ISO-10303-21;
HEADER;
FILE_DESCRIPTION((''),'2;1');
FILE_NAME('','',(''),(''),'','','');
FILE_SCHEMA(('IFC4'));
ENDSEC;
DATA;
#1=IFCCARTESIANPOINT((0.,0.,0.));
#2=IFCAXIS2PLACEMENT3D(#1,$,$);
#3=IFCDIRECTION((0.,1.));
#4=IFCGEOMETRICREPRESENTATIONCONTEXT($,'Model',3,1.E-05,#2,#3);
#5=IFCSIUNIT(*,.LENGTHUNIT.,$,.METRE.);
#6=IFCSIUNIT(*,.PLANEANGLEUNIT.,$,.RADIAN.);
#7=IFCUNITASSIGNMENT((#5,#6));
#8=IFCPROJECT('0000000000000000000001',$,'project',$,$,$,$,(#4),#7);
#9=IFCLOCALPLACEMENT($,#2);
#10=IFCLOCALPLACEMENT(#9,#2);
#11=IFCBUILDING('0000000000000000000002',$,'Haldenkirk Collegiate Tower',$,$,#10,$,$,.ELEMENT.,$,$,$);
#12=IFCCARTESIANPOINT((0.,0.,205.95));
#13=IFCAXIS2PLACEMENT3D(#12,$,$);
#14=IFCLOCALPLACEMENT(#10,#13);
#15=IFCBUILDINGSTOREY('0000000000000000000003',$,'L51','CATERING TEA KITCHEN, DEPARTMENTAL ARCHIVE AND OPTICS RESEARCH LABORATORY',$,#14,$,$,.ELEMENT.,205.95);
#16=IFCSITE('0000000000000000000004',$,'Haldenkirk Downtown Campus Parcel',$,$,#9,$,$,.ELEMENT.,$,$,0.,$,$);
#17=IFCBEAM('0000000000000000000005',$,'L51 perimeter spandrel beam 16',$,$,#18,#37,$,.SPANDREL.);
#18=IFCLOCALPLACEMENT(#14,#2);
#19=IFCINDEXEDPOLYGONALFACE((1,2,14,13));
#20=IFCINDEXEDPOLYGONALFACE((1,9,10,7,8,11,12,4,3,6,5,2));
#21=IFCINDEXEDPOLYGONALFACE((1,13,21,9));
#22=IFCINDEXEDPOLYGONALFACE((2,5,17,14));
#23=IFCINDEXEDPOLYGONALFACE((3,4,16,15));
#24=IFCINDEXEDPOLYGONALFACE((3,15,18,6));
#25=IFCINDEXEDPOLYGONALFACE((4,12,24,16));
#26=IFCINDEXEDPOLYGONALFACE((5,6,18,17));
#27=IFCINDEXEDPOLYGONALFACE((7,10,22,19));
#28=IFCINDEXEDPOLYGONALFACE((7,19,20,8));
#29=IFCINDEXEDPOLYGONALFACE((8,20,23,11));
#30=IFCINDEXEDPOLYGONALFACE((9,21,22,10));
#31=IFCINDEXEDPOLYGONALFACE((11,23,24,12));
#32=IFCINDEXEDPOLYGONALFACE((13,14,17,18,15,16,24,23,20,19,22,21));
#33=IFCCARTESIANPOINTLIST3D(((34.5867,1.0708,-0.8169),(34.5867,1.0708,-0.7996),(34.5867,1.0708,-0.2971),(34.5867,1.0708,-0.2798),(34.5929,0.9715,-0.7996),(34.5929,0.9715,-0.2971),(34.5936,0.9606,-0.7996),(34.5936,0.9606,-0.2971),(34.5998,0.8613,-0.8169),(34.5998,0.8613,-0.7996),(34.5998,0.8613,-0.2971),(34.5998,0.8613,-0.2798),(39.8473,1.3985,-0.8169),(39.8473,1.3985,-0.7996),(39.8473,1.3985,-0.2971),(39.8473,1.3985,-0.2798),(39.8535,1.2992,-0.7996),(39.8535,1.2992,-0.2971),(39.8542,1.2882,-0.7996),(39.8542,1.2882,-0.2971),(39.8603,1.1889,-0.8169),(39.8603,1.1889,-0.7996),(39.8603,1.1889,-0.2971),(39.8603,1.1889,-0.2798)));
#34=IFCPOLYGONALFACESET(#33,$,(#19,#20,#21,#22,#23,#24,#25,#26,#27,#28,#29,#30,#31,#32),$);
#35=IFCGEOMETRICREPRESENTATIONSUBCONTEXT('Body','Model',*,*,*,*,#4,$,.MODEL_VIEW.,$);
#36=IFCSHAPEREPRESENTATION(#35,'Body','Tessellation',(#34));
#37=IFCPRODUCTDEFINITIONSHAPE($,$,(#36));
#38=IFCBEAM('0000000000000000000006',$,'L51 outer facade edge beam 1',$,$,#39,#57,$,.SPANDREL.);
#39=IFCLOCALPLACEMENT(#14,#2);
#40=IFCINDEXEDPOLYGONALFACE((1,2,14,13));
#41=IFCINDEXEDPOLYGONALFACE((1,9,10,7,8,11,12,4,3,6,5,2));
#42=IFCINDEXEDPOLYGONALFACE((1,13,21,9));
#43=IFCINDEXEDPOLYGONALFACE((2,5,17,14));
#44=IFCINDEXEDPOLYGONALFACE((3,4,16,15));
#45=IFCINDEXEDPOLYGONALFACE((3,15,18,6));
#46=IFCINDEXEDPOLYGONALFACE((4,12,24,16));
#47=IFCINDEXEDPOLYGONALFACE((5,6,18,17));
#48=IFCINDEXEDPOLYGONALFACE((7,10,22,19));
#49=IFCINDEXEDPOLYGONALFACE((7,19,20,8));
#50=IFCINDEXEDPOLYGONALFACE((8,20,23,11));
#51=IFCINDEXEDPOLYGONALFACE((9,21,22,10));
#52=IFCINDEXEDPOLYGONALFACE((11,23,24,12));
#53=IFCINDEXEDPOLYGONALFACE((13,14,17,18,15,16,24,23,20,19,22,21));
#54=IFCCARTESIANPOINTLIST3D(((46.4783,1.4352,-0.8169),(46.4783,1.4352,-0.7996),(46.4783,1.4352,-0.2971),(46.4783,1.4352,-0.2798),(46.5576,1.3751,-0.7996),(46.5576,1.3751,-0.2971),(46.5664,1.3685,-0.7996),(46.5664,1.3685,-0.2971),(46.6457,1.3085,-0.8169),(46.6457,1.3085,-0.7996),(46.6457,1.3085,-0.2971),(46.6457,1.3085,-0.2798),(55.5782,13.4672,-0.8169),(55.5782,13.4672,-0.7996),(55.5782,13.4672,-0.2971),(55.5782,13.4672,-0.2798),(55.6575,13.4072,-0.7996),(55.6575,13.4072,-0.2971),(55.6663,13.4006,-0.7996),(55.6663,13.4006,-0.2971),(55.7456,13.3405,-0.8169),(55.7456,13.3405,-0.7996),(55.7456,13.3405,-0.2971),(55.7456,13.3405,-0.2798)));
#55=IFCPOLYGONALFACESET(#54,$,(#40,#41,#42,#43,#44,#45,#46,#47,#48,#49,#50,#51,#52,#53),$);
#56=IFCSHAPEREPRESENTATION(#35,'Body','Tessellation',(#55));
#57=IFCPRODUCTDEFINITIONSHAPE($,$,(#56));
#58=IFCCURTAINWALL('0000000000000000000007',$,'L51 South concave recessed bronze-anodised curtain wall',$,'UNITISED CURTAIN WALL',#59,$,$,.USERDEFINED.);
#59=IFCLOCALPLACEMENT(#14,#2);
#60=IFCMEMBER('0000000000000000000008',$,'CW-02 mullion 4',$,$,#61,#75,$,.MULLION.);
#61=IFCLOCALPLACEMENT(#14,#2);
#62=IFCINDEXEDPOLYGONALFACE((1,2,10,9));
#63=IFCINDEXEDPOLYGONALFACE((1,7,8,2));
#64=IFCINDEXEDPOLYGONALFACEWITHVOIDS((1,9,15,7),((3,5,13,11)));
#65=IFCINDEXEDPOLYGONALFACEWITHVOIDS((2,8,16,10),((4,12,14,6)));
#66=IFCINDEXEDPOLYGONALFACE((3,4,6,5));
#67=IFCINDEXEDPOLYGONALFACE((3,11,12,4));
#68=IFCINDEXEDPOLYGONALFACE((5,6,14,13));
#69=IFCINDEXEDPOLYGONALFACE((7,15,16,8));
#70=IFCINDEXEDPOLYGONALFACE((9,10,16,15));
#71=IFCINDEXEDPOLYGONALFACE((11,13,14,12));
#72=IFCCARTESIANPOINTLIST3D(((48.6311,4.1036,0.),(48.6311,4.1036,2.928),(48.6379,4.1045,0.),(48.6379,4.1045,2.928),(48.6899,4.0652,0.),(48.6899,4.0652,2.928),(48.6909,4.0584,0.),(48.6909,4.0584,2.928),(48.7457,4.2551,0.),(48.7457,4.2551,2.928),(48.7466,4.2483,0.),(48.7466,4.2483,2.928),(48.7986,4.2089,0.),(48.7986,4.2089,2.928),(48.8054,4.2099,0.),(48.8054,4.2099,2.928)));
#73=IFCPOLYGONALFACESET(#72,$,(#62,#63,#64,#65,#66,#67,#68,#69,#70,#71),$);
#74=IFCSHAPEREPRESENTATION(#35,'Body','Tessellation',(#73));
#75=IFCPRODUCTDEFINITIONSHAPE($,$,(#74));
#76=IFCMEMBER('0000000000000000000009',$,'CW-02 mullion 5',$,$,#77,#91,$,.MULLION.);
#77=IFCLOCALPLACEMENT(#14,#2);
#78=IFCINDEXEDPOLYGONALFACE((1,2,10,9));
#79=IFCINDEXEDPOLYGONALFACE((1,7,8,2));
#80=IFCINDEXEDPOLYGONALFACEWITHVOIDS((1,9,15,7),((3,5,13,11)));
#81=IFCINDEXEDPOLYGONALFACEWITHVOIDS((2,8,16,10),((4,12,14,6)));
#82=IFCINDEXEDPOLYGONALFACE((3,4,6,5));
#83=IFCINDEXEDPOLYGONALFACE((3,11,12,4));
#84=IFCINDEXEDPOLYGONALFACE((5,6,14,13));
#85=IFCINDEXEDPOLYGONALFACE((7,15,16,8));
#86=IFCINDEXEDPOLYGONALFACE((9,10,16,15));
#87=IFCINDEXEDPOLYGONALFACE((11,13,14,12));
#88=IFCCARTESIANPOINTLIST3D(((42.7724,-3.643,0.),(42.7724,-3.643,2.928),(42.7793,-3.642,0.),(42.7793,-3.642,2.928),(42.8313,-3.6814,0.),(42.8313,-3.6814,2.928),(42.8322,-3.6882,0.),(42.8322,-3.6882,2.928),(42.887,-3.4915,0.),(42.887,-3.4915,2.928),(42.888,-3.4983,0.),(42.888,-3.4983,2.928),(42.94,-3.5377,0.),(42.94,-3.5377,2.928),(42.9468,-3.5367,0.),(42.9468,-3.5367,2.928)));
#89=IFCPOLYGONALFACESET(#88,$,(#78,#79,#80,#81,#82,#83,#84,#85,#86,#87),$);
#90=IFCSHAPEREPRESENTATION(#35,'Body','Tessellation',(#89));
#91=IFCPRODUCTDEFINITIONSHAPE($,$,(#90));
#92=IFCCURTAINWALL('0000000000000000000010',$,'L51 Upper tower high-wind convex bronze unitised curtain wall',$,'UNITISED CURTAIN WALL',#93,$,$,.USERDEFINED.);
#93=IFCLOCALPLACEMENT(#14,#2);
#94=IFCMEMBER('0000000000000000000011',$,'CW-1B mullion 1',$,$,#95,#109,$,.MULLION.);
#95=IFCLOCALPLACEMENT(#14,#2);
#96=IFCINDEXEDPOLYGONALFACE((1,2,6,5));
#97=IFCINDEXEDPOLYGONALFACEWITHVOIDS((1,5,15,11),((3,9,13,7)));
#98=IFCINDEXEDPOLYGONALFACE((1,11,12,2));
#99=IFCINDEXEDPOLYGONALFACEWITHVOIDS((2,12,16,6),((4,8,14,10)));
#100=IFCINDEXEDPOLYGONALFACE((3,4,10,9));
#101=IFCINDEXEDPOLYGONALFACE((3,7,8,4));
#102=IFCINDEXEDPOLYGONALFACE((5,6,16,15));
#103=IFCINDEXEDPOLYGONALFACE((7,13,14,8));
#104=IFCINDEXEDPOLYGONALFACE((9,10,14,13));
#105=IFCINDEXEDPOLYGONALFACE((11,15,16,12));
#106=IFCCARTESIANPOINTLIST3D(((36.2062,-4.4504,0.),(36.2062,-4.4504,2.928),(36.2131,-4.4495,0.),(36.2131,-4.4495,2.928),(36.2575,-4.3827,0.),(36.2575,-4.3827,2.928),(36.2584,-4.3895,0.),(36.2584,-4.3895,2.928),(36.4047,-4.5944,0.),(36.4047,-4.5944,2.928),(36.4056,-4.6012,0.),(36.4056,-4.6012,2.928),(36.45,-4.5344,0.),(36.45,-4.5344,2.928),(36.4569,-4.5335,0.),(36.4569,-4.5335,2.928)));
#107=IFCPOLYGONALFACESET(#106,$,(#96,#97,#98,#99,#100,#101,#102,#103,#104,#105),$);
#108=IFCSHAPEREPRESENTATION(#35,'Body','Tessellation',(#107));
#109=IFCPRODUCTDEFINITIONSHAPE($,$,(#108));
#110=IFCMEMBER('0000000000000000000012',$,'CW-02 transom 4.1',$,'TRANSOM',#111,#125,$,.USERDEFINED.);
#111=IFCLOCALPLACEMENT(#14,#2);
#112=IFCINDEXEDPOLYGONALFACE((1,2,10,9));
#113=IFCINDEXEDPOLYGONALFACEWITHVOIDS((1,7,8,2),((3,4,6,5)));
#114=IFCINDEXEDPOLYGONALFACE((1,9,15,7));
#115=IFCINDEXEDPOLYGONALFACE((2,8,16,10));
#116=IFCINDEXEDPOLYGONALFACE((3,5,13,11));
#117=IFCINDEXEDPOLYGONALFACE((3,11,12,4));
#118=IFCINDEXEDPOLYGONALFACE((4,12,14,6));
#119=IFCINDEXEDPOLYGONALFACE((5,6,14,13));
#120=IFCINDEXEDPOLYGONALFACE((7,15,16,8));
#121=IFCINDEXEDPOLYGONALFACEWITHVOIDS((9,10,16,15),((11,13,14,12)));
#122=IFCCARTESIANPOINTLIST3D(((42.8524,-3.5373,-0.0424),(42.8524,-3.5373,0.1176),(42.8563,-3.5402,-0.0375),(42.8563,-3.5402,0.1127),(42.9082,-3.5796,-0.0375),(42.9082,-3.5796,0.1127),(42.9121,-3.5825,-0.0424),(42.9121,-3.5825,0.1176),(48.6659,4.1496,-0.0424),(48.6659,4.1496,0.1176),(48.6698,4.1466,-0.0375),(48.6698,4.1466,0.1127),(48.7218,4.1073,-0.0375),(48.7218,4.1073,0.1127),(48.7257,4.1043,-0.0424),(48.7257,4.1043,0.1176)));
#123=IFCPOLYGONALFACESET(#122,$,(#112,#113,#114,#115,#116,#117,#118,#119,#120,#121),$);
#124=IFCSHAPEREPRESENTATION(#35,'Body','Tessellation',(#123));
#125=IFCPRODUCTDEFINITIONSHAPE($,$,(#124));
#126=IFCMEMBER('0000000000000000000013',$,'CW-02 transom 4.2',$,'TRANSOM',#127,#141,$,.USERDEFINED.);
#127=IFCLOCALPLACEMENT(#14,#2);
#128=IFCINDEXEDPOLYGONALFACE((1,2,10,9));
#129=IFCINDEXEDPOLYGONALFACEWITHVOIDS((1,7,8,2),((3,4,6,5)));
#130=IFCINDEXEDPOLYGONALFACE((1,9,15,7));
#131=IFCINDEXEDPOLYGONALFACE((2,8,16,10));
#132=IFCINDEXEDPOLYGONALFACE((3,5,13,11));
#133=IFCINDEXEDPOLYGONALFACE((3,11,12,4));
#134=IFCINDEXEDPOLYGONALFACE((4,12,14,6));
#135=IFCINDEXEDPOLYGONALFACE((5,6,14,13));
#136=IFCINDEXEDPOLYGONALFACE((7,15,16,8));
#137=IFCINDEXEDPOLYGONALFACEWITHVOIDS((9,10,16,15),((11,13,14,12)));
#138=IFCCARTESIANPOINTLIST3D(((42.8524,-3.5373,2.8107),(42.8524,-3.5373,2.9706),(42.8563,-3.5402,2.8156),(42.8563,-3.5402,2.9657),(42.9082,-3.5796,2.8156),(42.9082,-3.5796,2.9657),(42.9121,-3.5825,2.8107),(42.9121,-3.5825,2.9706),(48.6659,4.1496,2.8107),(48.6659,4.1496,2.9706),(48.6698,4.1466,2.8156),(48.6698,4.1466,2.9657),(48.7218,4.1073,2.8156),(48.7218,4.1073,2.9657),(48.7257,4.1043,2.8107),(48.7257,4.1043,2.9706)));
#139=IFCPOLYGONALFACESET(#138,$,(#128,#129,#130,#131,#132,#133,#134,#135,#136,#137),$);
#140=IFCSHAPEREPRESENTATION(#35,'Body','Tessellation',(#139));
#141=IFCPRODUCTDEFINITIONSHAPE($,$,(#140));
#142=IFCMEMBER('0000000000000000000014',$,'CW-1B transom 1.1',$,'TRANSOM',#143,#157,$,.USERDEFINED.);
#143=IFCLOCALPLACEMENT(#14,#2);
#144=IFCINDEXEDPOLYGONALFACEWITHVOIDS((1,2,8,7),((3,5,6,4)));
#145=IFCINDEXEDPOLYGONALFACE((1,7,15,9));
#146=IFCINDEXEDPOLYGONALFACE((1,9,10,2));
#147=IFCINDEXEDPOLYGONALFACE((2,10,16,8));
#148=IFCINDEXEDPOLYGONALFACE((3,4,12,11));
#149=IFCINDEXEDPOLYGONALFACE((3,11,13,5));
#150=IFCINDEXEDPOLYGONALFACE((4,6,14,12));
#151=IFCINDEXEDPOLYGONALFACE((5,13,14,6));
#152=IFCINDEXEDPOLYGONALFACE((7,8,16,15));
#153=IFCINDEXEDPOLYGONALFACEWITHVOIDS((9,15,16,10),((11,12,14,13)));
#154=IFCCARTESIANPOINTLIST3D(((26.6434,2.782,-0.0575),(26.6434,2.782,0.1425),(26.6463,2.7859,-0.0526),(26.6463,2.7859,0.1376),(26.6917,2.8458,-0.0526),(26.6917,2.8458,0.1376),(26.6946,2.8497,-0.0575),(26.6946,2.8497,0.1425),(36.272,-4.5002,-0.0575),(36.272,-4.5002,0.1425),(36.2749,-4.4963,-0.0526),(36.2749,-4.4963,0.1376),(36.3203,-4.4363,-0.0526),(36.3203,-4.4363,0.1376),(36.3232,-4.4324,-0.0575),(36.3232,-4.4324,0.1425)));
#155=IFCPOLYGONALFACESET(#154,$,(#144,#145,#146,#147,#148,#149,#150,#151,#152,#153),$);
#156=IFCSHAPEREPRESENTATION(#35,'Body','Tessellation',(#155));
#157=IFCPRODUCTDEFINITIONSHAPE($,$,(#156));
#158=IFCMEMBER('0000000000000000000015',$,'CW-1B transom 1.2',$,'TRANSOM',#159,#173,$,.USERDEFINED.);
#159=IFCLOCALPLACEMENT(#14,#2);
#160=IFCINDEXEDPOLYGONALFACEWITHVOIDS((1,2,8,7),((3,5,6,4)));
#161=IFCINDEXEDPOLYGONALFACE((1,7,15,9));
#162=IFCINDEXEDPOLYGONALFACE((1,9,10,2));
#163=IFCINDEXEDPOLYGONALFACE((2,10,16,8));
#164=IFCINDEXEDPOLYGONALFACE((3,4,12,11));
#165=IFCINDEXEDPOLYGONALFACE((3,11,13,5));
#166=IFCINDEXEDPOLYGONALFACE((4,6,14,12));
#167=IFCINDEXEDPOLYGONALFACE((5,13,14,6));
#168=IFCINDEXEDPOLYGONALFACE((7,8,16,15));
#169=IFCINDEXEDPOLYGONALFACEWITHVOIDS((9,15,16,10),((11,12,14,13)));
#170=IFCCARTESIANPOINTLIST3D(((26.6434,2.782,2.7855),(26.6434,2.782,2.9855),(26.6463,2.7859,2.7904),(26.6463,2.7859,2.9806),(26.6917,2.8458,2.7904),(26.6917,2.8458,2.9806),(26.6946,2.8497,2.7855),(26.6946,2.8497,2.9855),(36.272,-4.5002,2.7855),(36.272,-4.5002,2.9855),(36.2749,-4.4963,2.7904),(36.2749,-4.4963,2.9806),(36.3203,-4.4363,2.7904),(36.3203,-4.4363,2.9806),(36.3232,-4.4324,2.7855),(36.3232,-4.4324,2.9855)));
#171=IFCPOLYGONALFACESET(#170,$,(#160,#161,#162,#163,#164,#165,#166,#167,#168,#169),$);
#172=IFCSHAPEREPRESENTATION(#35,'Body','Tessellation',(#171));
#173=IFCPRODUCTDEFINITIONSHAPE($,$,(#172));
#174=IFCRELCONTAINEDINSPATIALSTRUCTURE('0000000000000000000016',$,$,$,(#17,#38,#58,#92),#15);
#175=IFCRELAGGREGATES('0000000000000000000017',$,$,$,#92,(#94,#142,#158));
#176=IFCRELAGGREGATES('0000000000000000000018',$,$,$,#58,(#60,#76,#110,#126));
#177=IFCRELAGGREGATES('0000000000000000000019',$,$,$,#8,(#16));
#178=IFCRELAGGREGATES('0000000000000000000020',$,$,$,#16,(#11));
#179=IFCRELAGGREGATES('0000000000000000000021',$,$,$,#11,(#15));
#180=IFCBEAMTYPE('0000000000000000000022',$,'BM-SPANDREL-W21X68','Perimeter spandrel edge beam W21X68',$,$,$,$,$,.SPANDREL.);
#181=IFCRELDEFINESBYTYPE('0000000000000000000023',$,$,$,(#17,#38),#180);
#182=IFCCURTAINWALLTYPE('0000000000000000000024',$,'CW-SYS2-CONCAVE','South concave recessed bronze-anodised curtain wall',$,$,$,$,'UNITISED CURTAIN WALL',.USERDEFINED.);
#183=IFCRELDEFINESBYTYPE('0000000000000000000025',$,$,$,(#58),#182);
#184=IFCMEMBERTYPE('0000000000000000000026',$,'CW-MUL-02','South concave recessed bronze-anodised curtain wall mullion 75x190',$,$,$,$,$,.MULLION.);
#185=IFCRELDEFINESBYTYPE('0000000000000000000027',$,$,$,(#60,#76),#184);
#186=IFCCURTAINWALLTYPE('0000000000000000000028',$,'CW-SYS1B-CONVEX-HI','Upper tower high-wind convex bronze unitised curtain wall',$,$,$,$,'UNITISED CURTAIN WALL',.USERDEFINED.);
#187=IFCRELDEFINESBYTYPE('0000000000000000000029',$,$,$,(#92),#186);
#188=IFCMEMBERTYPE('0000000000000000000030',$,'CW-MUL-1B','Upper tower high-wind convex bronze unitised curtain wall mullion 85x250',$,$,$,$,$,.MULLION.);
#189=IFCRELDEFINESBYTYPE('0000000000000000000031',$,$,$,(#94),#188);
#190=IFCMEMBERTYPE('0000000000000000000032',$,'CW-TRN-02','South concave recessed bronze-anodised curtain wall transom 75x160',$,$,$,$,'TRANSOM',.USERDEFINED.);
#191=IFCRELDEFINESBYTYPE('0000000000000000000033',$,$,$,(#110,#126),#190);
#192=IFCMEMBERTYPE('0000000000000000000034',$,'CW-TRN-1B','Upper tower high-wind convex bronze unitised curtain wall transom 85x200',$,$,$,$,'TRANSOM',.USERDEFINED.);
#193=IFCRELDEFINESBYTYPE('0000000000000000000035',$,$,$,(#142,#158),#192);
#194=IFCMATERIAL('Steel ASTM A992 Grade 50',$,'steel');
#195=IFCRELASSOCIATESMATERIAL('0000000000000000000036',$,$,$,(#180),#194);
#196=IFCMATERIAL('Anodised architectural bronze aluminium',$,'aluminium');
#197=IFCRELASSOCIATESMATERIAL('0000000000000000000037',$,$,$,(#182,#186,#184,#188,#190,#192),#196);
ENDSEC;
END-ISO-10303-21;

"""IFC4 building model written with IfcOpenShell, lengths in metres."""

from ifc_helpers import new_model, si_unit, direction, frame, origin, origin_2d, place, context, subcontext, project, spatial, hollow_rectangle, i_section, extrude, material, material_profile, profile_set, type_object, element, aggregate, save


model = new_model("IFC4")

# Units and contexts
model_context = context("Model", 3, precision=1e-05, world=origin(), true_north=direction((0.0, 1.0)))
body_context = subcontext(model_context, "Body", "Model", "MODEL_VIEW")
ifc_project = project(units=[si_unit("LENGTHUNIT", "METRE"), si_unit("PLANEANGLEUNIT", "RADIAN")], contexts=[model_context])

# Site, building, storey
site_placement = place(None, origin())
site = spatial("IfcSite", under=ifc_project, at=site_placement, Name="Haldenkirk Downtown Campus Parcel", CompositionType="ELEMENT", RefElevation=0.0)
building_placement = place(site_placement, origin())
building = spatial("IfcBuilding", under=site, at=building_placement, Name="Haldenkirk Collegiate Tower", CompositionType="ELEMENT")
storey_placement = place(building_placement, frame((0.0, 0.0, 205.95)))
storey = spatial("IfcBuildingStorey", under=building, at=storey_placement, Name="L51", Description="CATERING TEA KITCHEN, DEPARTMENTAL ARCHIVE AND OPTICS RESEARCH LABORATORY", CompositionType="ELEMENT", Elevation=205.95)

# Beams
ifc_material_1 = material(Name="Steel ASTM A992 Grade 50", Category="steel")
ifc_material_profile_1 = material_profile(ifc_material_1, i_section(OverallWidth=0.21, OverallDepth=0.5371, WebThickness=0.011, FlangeThickness=0.0173, at=origin_2d()), Name="W21X68")
ifc_profile_set_1 = profile_set([ifc_material_profile_1], Name="Steel ASTM A992 Grade 50")
beam_type_1 = type_object("IfcBeamType", Name="BM-SPANDREL-W21X68", Description="Perimeter spandrel edge beam W21X68", PredefinedType="SPANDREL", material=ifc_profile_set_1)
beam_1_placement = place(storey_placement, frame((34.5933, 0.9661, -0.5483), z_axis=(0.998066, 0.062162, 0.0), x_axis=(-0.062162, 0.998066, 0.0)))
element("IfcBeam", 1, at=beam_1_placement, inside=storey, type_object=beam_type_1, Name="L51 perimeter spandrel beam 16", PredefinedType="SPANDREL", context=body_context, shape_type="SweptSolid", body=[
    extrude(i_section(OverallWidth=0.21, OverallDepth=0.5371, WebThickness=0.011, FlangeThickness=0.0173, at=origin_2d()), origin(), (0.0, 0.0, 1.0), 5.2708),
])
beam_2_placement = place(storey_placement, frame((46.562, 1.3718, -0.5483), z_axis=(0.603214, 0.79758, 0.0), x_axis=(-0.79758, 0.603214, 0.0)))
element("IfcBeam", 2, at=beam_2_placement, inside=storey, type_object=beam_type_1, Name="L51 outer facade edge beam 1", PredefinedType="SPANDREL", context=body_context, shape_type="SweptSolid", body=[
    extrude(i_section(OverallWidth=0.21, OverallDepth=0.5371, WebThickness=0.011, FlangeThickness=0.0173, at=origin_2d()), origin(), (0.0, 0.0, 1.0), 15.0857),
])

# Curtain wall, members
ifc_material_2 = material(Name="Anodised architectural bronze aluminium", Category="aluminium")
curtain_wall_type_1 = type_object("IfcCurtainWallType", Name="CW-SYS2-CONCAVE", Description="South concave recessed bronze-anodised curtain wall", ElementType="UNITISED CURTAIN WALL", PredefinedType="USERDEFINED", material=ifc_material_2)
curtain_wall_1_placement = place(storey_placement, origin())
curtain_wall_1 = element("IfcCurtainWall", 3, at=curtain_wall_1_placement, inside=storey, type_object=curtain_wall_type_1, Name="L51 South concave recessed bronze-anodised curtain wall", ObjectType="UNITISED CURTAIN WALL", PredefinedType="USERDEFINED")
ifc_material_profile_2 = material_profile(ifc_material_2, hollow_rectangle(XDim=0.075, YDim=0.1899, WallThickness=0.0049, at=origin_2d()), Name="CW-MUL-02")
ifc_profile_set_2 = profile_set([ifc_material_profile_2], Name="Anodised architectural bronze aluminium")
member_type_1 = type_object("IfcMemberType", Name="CW-MUL-02", Description="South concave recessed bronze-anodised curtain wall mullion 75x190", PredefinedType="MULLION", material=ifc_profile_set_2)
member_1_placement = place(storey_placement, frame((48.7183, 4.1567, 0.0), z_axis=(0.0, 0.0, 1.0), x_axis=(0.797584, -0.603207, 0.0)))
member_1 = element("IfcMember", 4, at=member_1_placement, type_object=member_type_1, Name="CW-02 mullion 4", PredefinedType="MULLION", context=body_context, shape_type="SweptSolid", body=[
    extrude(hollow_rectangle(XDim=0.075, YDim=0.1899, WallThickness=0.0049, at=origin_2d()), origin(), (0.0, 0.0, 1.0), 2.928),
])
member_2_placement = place(storey_placement, frame((42.8596, -3.5898, 0.0), z_axis=(0.0, 0.0, 1.0), x_axis=(0.797584, -0.603207, 0.0)))
member_2 = element("IfcMember", 5, at=member_2_placement, type_object=member_type_1, Name="CW-02 mullion 5", PredefinedType="MULLION", context=body_context, shape_type="SweptSolid", body=[
    extrude(hollow_rectangle(XDim=0.075, YDim=0.1899, WallThickness=0.0049, at=origin_2d()), origin(), (0.0, 0.0, 1.0), 2.928),
])

# Curtain wall, member
curtain_wall_type_2 = type_object("IfcCurtainWallType", Name="CW-SYS1B-CONVEX-HI", Description="Upper tower high-wind convex bronze unitised curtain wall", ElementType="UNITISED CURTAIN WALL", PredefinedType="USERDEFINED", material=ifc_material_2)
curtain_wall_2_placement = place(storey_placement, origin())
curtain_wall_2 = element("IfcCurtainWall", 6, at=curtain_wall_2_placement, inside=storey, type_object=curtain_wall_type_2, Name="L51 Upper tower high-wind convex bronze unitised curtain wall", ObjectType="UNITISED CURTAIN WALL", PredefinedType="USERDEFINED")
ifc_material_profile_3 = material_profile(ifc_material_2, hollow_rectangle(XDim=0.085, YDim=0.25, WallThickness=0.0049, at=origin_2d()), Name="CW-MUL-1B")
ifc_profile_set_3 = profile_set([ifc_material_profile_3], Name="Anodised architectural bronze aluminium")
member_type_2 = type_object("IfcMemberType", Name="CW-MUL-1B", Description="Upper tower high-wind convex bronze unitised curtain wall mullion 85x250", PredefinedType="MULLION", material=ifc_profile_set_3)
member_3_placement = place(storey_placement, frame((36.3315, -4.4919, 0.0), z_axis=(0.0, 0.0, 1.0), x_axis=(-0.603207, -0.797584, 0.0)))
member_3 = element("IfcMember", 7, at=member_3_placement, type_object=member_type_2, Name="CW-1B mullion 1", PredefinedType="MULLION", context=body_context, shape_type="SweptSolid", body=[
    extrude(hollow_rectangle(XDim=0.085, YDim=0.25, WallThickness=0.0049, at=origin_2d()), origin(), (0.0, 0.0, 1.0), 2.928),
])

# Members
ifc_material_profile_4 = material_profile(ifc_material_2, hollow_rectangle(XDim=0.075, YDim=0.1599, WallThickness=0.0049, at=origin_2d()), Name="CW-TRN-02")
ifc_profile_set_4 = profile_set([ifc_material_profile_4], Name="Anodised architectural bronze aluminium")
member_type_3 = type_object("IfcMemberType", Name="CW-TRN-02", Description="South concave recessed bronze-anodised curtain wall transom 75x160", ElementType="TRANSOM", PredefinedType="USERDEFINED", material=ifc_profile_set_4)
member_4_placement = place(storey_placement, frame((48.6958, 4.127, 0.0376), z_axis=(-0.603209, -0.797583, 0.0), x_axis=(0.797583, -0.603209, 0.0)))
member_4 = element("IfcMember", 8, at=member_4_placement, type_object=member_type_3, Name="CW-02 transom 4.1", ObjectType="TRANSOM", PredefinedType="USERDEFINED", context=body_context, shape_type="SweptSolid", body=[
    extrude(hollow_rectangle(XDim=0.075, YDim=0.1599, WallThickness=0.0049, at=origin_2d()), origin(), (0.0, 0.0, 1.0), 9.6377),
])
member_5_placement = place(storey_placement, frame((48.6958, 4.127, 2.8906), z_axis=(-0.603209, -0.797583, 0.0), x_axis=(0.797583, -0.603209, 0.0)))
member_5 = element("IfcMember", 9, at=member_5_placement, type_object=member_type_3, Name="CW-02 transom 4.2", ObjectType="TRANSOM", PredefinedType="USERDEFINED", context=body_context, shape_type="SweptSolid", body=[
    extrude(hollow_rectangle(XDim=0.075, YDim=0.1599, WallThickness=0.0049, at=origin_2d()), origin(), (0.0, 0.0, 1.0), 9.6377),
])
ifc_material_profile_5 = material_profile(ifc_material_2, hollow_rectangle(XDim=0.085, YDim=0.2, WallThickness=0.0049, at=origin_2d()), Name="CW-TRN-1B")
ifc_profile_set_5 = profile_set([ifc_material_profile_5], Name="Anodised architectural bronze aluminium")
member_type_4 = type_object("IfcMemberType", Name="CW-TRN-1B", Description="Upper tower high-wind convex bronze unitised curtain wall transom 85x200", ElementType="TRANSOM", PredefinedType="USERDEFINED", material=ifc_profile_set_5)
member_6_placement = place(storey_placement, frame((36.2976, -4.4663, 0.0425), z_axis=(-0.797579, 0.603215, 0.0), x_axis=(-0.603215, -0.797579, 0.0)))
member_6 = element("IfcMember", 10, at=member_6_placement, type_object=member_type_4, Name="CW-1B transom 1.1", ObjectType="TRANSOM", PredefinedType="USERDEFINED", context=body_context, shape_type="SweptSolid", body=[
    extrude(hollow_rectangle(XDim=0.085, YDim=0.2, WallThickness=0.0049, at=origin_2d()), origin(), (0.0, 0.0, 1.0), 12.0723),
])
member_7_placement = place(storey_placement, frame((36.2976, -4.4663, 2.8855), z_axis=(-0.797579, 0.603215, 0.0), x_axis=(-0.603215, -0.797579, 0.0)))
member_7 = element("IfcMember", 11, at=member_7_placement, type_object=member_type_4, Name="CW-1B transom 1.2", ObjectType="TRANSOM", PredefinedType="USERDEFINED", context=body_context, shape_type="SweptSolid", body=[
    extrude(hollow_rectangle(XDim=0.085, YDim=0.2, WallThickness=0.0049, at=origin_2d()), origin(), (0.0, 0.0, 1.0), 12.0723),
])
aggregate(curtain_wall_2, [member_3, member_6, member_7])

aggregate(curtain_wall_1, [member_1, member_2, member_4, member_5])

save(model, "model.ifc")
